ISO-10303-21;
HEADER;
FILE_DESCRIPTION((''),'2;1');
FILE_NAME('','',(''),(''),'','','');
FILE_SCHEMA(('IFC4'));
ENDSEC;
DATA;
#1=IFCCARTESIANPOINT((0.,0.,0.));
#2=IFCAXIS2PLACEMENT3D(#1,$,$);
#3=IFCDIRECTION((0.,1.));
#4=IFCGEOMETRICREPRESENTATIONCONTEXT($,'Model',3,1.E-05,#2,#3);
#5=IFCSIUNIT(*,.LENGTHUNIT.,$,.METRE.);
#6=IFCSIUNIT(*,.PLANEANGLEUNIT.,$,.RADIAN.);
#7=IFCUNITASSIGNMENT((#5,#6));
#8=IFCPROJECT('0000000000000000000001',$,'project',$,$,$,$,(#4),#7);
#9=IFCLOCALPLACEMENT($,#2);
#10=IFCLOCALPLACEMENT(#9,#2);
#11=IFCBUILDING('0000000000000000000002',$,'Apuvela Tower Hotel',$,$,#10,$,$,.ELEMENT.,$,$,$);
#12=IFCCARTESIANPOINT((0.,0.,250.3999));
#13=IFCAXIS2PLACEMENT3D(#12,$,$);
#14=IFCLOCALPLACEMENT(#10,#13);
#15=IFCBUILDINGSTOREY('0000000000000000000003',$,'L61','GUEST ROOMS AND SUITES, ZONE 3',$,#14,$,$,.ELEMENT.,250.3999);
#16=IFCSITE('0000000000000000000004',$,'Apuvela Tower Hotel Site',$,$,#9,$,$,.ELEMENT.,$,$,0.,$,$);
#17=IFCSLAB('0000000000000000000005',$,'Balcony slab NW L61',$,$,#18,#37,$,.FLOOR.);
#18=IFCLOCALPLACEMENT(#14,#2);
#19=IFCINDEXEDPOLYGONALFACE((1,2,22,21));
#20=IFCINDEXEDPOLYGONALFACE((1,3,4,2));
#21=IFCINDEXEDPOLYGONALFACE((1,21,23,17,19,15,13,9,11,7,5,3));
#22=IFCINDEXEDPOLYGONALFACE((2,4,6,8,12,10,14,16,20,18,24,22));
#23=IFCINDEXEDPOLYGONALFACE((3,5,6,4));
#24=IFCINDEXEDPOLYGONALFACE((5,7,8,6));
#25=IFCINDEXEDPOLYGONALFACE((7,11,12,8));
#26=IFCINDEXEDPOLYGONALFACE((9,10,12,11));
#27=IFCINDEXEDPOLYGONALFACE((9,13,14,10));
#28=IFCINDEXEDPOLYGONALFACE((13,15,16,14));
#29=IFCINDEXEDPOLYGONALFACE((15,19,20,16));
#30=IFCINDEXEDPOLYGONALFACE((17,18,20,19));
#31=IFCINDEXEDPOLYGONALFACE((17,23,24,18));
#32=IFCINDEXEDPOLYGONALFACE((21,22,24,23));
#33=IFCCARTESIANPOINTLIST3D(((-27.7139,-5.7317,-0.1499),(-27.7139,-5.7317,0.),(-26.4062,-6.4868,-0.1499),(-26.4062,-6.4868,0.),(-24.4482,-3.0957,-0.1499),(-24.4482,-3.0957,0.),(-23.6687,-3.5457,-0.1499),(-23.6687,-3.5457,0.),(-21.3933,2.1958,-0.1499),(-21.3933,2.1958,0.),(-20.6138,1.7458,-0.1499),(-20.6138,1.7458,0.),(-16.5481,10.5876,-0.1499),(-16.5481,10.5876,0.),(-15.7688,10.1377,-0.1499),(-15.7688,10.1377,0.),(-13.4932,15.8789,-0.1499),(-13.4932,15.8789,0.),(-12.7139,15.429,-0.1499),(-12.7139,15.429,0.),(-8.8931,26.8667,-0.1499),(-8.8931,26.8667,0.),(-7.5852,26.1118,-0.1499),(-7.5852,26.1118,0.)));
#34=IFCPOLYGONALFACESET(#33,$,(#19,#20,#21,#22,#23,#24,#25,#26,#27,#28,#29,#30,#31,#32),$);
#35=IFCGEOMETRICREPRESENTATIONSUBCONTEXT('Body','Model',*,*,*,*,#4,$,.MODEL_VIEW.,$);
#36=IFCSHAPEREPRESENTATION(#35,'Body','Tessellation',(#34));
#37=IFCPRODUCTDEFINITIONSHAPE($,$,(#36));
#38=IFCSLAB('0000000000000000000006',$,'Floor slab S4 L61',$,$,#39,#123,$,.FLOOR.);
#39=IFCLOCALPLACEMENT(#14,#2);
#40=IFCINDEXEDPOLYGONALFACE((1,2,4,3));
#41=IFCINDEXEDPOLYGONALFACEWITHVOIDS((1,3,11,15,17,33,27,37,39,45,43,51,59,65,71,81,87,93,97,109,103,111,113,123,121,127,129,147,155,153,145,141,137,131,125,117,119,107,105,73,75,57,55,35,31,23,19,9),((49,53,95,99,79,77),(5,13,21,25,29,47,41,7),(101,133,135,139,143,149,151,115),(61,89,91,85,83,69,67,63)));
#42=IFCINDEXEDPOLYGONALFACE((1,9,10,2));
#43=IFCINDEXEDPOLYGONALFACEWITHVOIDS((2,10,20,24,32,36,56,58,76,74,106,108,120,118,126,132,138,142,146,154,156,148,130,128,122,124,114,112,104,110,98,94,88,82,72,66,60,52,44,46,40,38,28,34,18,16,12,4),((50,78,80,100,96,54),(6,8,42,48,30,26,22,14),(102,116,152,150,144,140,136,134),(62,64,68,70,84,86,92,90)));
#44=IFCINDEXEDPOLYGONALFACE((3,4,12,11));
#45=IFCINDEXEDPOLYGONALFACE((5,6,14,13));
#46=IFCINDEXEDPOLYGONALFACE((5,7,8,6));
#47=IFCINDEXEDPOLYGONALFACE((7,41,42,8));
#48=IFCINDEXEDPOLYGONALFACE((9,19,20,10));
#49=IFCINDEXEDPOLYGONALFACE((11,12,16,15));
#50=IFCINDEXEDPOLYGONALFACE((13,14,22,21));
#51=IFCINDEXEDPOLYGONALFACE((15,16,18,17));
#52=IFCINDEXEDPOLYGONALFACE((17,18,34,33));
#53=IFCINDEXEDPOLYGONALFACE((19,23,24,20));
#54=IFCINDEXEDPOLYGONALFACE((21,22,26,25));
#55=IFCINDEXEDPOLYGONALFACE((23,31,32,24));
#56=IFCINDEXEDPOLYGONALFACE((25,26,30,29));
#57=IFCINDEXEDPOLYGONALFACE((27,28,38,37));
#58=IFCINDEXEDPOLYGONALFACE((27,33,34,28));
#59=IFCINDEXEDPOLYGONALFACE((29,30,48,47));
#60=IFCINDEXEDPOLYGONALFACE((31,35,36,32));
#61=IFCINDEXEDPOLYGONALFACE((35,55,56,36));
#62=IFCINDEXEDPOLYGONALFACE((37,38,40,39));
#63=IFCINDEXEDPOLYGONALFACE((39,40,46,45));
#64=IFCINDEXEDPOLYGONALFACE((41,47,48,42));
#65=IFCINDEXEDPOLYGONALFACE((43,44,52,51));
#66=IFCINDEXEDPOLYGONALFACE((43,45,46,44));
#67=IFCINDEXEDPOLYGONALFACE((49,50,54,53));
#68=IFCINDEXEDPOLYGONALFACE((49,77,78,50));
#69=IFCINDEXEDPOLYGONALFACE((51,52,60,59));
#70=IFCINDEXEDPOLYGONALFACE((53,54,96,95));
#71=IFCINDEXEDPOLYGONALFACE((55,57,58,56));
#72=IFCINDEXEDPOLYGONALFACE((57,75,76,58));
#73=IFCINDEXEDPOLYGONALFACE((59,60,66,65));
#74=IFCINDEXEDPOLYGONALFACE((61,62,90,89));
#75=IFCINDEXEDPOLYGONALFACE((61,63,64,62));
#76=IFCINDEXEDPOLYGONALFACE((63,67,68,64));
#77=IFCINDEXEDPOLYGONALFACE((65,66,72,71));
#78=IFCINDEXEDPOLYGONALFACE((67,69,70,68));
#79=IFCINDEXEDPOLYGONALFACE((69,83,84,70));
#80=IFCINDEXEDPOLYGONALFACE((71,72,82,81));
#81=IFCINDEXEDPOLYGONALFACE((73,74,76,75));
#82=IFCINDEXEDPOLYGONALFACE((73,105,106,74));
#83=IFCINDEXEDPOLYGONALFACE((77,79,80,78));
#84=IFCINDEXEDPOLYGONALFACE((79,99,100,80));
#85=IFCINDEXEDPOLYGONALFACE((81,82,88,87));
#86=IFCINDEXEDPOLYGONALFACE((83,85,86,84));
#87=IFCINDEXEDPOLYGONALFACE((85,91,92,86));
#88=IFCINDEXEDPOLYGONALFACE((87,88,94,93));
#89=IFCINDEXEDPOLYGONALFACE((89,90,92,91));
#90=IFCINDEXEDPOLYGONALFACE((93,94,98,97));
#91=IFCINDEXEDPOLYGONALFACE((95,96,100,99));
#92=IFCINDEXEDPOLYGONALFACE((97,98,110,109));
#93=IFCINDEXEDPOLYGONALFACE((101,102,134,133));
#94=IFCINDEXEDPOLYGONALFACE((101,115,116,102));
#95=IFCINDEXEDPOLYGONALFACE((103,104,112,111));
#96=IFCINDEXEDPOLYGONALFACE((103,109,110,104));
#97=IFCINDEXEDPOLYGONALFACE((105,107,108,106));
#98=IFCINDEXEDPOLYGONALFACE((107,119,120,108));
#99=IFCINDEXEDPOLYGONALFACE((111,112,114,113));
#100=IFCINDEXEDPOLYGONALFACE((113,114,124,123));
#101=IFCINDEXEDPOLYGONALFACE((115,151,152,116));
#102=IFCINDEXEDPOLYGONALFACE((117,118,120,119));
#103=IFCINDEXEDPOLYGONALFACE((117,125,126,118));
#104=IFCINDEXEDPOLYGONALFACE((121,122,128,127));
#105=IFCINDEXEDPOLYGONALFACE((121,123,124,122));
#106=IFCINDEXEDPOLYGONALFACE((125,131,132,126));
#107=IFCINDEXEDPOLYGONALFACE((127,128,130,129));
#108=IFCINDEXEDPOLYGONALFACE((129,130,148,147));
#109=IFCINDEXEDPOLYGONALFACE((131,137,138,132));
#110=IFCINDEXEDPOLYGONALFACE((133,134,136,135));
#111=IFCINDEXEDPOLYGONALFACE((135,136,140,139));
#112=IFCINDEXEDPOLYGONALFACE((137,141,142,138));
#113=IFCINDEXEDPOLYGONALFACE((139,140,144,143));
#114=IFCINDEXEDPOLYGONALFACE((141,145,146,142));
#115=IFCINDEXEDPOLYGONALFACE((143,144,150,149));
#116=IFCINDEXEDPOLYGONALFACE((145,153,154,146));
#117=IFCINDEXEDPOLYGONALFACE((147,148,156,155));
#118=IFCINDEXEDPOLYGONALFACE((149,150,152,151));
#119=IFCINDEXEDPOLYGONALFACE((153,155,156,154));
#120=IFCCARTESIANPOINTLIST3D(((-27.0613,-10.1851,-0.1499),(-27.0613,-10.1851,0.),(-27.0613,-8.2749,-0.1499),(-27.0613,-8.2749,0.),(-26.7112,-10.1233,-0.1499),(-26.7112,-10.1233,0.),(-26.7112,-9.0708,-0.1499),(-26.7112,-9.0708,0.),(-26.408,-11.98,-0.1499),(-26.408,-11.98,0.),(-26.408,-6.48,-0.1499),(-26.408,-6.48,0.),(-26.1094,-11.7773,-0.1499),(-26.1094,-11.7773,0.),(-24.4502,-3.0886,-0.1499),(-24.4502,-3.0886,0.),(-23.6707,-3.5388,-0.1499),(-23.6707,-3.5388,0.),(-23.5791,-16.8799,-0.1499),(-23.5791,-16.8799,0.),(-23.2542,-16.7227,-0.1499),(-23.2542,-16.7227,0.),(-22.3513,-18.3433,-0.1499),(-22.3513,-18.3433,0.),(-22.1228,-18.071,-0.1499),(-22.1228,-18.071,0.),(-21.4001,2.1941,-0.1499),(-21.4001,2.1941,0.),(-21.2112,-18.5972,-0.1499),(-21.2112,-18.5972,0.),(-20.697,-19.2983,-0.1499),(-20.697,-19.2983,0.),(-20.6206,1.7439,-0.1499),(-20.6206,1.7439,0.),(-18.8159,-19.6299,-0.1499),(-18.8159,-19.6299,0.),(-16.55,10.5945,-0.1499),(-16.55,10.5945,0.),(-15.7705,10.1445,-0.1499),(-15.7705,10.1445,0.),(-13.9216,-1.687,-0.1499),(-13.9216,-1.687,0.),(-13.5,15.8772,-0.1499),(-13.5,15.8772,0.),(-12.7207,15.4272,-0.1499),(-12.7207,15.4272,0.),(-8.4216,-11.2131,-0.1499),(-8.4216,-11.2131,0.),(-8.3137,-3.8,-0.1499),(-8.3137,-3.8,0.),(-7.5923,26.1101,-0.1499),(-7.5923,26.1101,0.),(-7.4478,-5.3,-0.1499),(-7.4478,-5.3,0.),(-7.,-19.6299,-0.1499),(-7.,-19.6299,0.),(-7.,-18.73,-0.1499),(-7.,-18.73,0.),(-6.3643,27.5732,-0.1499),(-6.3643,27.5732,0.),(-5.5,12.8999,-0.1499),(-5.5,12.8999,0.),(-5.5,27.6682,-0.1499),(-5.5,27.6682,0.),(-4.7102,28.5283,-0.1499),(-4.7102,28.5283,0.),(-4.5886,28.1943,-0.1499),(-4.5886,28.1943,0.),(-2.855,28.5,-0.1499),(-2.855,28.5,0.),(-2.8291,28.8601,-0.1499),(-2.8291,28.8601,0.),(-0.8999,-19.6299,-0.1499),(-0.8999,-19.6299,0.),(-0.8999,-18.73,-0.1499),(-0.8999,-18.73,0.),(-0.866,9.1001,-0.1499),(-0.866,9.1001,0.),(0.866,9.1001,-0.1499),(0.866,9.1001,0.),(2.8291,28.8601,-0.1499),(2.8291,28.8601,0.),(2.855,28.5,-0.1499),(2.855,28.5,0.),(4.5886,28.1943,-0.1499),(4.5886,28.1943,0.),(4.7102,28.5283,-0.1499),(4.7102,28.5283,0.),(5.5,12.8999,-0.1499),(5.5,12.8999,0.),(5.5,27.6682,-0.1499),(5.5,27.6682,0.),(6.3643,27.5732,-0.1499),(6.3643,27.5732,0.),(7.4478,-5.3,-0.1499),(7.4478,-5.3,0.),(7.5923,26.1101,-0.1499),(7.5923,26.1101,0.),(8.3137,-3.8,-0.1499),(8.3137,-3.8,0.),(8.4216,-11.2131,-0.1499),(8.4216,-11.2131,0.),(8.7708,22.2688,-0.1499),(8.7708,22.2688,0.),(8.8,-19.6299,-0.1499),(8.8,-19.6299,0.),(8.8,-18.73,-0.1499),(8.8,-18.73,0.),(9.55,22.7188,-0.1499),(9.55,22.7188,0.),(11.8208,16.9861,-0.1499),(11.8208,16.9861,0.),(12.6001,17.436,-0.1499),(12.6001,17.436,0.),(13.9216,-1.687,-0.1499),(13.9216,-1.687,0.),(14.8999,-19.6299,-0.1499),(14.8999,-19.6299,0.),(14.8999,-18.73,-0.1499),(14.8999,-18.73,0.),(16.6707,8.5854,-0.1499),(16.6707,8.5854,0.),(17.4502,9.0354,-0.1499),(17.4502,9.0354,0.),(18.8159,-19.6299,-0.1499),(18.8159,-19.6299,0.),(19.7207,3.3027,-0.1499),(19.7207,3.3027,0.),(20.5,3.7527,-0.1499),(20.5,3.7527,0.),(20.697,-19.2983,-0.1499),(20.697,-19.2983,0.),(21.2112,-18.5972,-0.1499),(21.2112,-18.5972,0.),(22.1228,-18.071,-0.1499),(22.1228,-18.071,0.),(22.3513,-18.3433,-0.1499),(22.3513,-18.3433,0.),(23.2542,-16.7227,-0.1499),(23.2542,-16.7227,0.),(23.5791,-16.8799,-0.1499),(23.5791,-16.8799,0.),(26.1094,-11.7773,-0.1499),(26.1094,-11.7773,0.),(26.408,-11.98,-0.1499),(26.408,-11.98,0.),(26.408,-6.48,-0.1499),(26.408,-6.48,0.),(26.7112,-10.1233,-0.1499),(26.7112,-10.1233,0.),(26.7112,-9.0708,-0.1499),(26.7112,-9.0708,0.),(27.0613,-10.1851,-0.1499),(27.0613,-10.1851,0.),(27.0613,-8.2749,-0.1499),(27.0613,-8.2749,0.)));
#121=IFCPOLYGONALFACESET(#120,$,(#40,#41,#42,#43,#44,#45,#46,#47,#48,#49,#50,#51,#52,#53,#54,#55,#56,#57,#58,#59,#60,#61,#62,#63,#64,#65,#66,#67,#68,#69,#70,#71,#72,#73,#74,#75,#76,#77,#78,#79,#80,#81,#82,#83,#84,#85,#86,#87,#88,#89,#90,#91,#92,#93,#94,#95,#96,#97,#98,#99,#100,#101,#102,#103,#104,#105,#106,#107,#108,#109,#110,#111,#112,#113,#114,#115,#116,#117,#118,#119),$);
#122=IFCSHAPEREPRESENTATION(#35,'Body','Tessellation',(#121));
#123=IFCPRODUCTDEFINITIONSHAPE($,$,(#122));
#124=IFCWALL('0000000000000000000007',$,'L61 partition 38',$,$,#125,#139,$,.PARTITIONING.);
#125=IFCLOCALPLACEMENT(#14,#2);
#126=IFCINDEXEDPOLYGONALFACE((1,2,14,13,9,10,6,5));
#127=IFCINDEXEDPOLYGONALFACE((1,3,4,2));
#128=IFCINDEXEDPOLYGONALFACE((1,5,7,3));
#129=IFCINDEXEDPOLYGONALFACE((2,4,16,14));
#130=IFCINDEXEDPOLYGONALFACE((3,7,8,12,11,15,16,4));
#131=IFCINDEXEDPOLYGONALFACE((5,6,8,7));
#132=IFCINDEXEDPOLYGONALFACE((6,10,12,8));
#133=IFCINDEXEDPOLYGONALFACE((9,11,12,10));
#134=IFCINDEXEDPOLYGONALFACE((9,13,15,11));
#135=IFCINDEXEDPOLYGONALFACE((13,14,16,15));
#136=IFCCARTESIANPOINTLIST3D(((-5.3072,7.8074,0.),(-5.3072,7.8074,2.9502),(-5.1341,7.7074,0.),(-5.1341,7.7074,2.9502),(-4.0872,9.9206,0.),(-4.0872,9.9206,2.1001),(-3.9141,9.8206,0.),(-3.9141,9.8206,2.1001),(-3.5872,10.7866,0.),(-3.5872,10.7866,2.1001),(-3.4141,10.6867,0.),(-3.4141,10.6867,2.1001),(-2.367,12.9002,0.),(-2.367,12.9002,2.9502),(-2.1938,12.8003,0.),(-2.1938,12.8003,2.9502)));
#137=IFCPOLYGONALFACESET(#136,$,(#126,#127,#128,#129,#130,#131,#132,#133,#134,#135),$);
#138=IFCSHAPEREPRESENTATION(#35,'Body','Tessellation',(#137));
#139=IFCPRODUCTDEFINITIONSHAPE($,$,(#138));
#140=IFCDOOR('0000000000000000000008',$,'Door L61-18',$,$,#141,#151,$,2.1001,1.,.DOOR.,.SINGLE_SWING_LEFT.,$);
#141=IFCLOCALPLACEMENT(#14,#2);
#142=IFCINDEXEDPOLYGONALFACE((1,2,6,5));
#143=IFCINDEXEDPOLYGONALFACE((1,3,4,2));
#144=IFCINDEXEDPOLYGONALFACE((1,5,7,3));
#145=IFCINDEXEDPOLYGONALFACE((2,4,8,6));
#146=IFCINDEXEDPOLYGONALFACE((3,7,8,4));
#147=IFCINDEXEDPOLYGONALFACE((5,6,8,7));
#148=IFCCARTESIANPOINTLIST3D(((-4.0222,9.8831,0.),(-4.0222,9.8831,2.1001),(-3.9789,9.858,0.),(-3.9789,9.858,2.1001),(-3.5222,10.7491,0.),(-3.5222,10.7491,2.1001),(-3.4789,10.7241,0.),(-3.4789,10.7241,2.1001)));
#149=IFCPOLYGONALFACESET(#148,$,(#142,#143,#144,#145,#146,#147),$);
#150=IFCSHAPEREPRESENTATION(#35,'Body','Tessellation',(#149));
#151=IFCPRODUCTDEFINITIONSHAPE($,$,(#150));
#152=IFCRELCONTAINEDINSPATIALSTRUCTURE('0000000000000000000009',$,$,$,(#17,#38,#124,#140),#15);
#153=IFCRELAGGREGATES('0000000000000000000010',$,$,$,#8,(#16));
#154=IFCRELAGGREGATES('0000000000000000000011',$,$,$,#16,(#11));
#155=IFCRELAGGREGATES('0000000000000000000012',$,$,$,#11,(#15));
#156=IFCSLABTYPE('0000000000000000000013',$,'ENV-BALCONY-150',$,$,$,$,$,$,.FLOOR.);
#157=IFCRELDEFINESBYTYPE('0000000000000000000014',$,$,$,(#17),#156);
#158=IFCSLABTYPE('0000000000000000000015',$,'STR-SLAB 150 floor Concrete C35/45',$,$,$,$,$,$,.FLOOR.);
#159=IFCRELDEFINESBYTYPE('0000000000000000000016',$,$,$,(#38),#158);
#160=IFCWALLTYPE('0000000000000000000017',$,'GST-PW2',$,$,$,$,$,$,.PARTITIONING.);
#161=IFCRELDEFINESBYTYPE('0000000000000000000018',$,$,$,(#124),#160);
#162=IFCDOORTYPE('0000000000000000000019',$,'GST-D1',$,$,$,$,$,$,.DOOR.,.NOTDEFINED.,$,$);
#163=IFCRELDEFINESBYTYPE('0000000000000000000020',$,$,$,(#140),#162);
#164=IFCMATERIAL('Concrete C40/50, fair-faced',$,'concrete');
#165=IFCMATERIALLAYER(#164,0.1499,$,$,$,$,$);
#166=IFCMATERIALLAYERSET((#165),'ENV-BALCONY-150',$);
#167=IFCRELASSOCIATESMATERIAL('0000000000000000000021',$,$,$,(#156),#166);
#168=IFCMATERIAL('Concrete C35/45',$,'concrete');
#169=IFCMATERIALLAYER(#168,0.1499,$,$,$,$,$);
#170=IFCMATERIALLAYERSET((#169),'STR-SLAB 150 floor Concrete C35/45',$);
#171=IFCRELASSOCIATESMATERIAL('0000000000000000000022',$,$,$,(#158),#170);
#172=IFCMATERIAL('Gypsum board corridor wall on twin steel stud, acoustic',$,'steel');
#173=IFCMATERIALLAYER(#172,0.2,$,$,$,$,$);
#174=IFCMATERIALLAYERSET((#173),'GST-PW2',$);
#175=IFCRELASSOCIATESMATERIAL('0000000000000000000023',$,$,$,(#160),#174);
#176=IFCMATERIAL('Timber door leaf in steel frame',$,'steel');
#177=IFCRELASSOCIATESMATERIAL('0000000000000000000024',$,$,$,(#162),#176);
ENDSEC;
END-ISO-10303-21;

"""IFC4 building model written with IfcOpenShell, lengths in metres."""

from ifc_helpers import new_model, si_unit, direction, frame, frame_2d, origin, place, context, subcontext, project, spatial, polyline, rectangle, outline, extrude, material, layer, layer_set, type_object, element, fill, save


model = new_model("IFC4")

# Units and contexts
model_context = context("Model", 3, precision=1e-05, world=origin(), true_north=direction((0.0, 1.0)))
body_context = subcontext(model_context, "Body", "Model", "MODEL_VIEW")
ifc_project = project(units=[si_unit("LENGTHUNIT", "METRE"), si_unit("PLANEANGLEUNIT", "RADIAN")], contexts=[model_context])

# Site, building, storey
site_placement = place(None, origin())
site = spatial("IfcSite", under=ifc_project, at=site_placement, Name="Apuvela Tower Hotel Site", CompositionType="ELEMENT", RefElevation=0.0)
building_placement = place(site_placement, origin())
building = spatial("IfcBuilding", under=site, at=building_placement, Name="Apuvela Tower Hotel", CompositionType="ELEMENT")
storey_placement = place(building_placement, frame((0.0, 0.0, 250.3999)))
storey = spatial("IfcBuildingStorey", under=building, at=storey_placement, Name="L61", Description="GUEST ROOMS AND SUITES, ZONE 3", CompositionType="ELEMENT", Elevation=250.3999)

# Slabs
ifc_material_1 = material(Name="Concrete C40/50, fair-faced", Category="concrete")
ifc_layer_1 = layer(ifc_material_1, 0.1499)
ifc_layer_set_1 = layer_set([ifc_layer_1], Name="ENV-BALCONY-150")
slab_type_1 = type_object("IfcSlabType", Name="ENV-BALCONY-150", PredefinedType="FLOOR", material=ifc_layer_set_1)
slab_1_placement = place(storey_placement, frame((0.0, 0.0, -0.1499)))
element("IfcSlab", 1, at=slab_1_placement, inside=storey, type_object=slab_type_1, Name="Balcony slab NW L61", PredefinedType="FLOOR", context=body_context, shape_type="SweptSolid", body=[
    extrude(outline(polyline([(-27.7139, -5.7317), (-8.8931, 26.8667), (-7.5852, 26.1118), (-13.4932, 15.8789), (-12.7139, 15.429), (-15.7688, 10.1377), (-16.5481, 10.5876), (-21.3933, 2.1958), (-20.6138, 1.7458), (-23.6687, -3.5457), (-24.4482, -3.0957), (-26.4062, -6.4868), (-27.7139, -5.7317)])), origin(), (0.0, 0.0, 1.0), 0.1499),
])
ifc_material_2 = material(Name="Concrete C35/45", Category="concrete")
ifc_layer_2 = layer(ifc_material_2, 0.1499)
ifc_layer_set_2 = layer_set([ifc_layer_2], Name="STR-SLAB 150 floor Concrete C35/45")
slab_type_2 = type_object("IfcSlabType", Name="STR-SLAB 150 floor Concrete C35/45", PredefinedType="FLOOR", material=ifc_layer_set_2)
slab_2_placement = place(storey_placement, frame((0.0, 0.0, -0.1499)))
element("IfcSlab", 2, at=slab_2_placement, inside=storey, type_object=slab_type_2, Name="Floor slab S4 L61", PredefinedType="FLOOR", context=body_context, shape_type="SweptSolid", body=[
    extrude(outline(polyline([(-6.3643, 27.5732), (-4.7102, 28.5283), (-2.8291, 28.8601), (2.8291, 28.8601), (4.7102, 28.5283), (6.3643, 27.5732), (7.5923, 26.1101), (9.55, 22.7188), (8.7708, 22.2688), (11.8208, 16.9861), (12.6001, 17.436), (17.4502, 9.0354), (16.6707, 8.5854), (19.7207, 3.3027), (20.5, 3.7527), (26.408, -6.48), (27.0613, -8.2749), (27.0613, -10.1851), (26.408, -11.98), (23.5791, -16.8799), (22.3513, -18.3433), (20.697, -19.2983), (18.8159, -19.6299), (14.8999, -19.6299), (14.8999, -18.73), (8.8, -18.73), (8.8, -19.6299), (-0.8999, -19.6299), (-0.8999, -18.73), (-7.0, -18.73), (-7.0, -19.6299), (-18.8159, -19.6299), (-20.697, -19.2983), (-22.3513, -18.3433), (-23.5791, -16.8799), (-26.408, -11.98), (-27.0613, -10.1851), (-27.0613, -8.2749), (-26.408, -6.48), (-24.4502, -3.0886), (-23.6707, -3.5388), (-20.6206, 1.7439), (-21.4001, 2.1941), (-16.55, 10.5945), (-15.7705, 10.1445), (-12.7207, 15.4272), (-13.5, 15.8772), (-7.5923, 26.1101), (-6.3643, 27.5732)]), holes=[polyline([(0.866, 9.1001), (-0.866, 9.1001), (-8.3137, -3.8), (-7.4478, -5.3), (7.4478, -5.3), (8.3137, -3.8), (0.866, 9.1001)]), polyline([(-5.5, 12.8999), (-5.5, 27.6682), (-4.5886, 28.1943), (-2.855, 28.5), (2.855, 28.5), (4.5886, 28.1943), (5.5, 27.6682), (5.5, 12.8999), (-5.5, 12.8999)]), polyline([(-8.4216, -11.2131), (-21.2112, -18.5972), (-22.1228, -18.071), (-23.2542, -16.7227), (-26.1094, -11.7773), (-26.7112, -10.1233), (-26.7112, -9.0708), (-13.9216, -1.687), (-8.4216, -11.2131)]), polyline([(13.9216, -1.687), (26.7112, -9.0708), (26.7112, -10.1233), (26.1094, -11.7773), (23.2542, -16.7227), (22.1228, -18.071), (21.2112, -18.5972), (8.4216, -11.2131), (13.9216, -1.687)])]), origin(), (0.0, 0.0, 1.0), 0.1499),
])

# Wall, opening, door
ifc_material_3 = material(Name="Gypsum board corridor wall on twin steel stud, acoustic", Category="steel")
ifc_layer_3 = layer(ifc_material_3, 0.2)
ifc_layer_set_3 = layer_set([ifc_layer_3], Name="GST-PW2")
wall_type_1 = type_object("IfcWallType", Name="GST-PW2", PredefinedType="PARTITIONING", material=ifc_layer_set_3)
wall_1_placement = place(storey_placement, frame((-5.2207, 7.7573, 0.0), z_axis=(0.0, 0.0, 1.0), x_axis=(0.499984, 0.866035, 0.0)))
wall_1 = element("IfcWall", 3, at=wall_1_placement, inside=storey, type_object=wall_type_1, Name="L61 partition 38", PredefinedType="PARTITIONING", context=body_context, shape_type="SweptSolid", body=[
    extrude(rectangle(XDim=5.8806, YDim=0.2, at=frame_2d((2.9404, 0.0))), origin(), (0.0, 0.0, 1.0), 2.9502),
])
opening_1_placement = place(wall_1_placement, frame((2.4402, 0.0, 0.0)))
opening_1 = element("IfcOpeningElement", 4, at=opening_1_placement, cuts=wall_1, PredefinedType="OPENING", context=body_context, shape_type="SweptSolid", body=[
    extrude(rectangle(XDim=1.0, YDim=2.1001, at=frame_2d((0.5, 1.05))), frame((0.0, 0.1099, 0.0), z_axis=(0.0, -1.0, 0.0), x_axis=(1.0, 0.0, 0.0)), (0.0, 0.0, 1.0), 0.22),
])
ifc_material_4 = material(Name="Timber door leaf in steel frame", Category="steel")
door_type_1 = type_object("IfcDoorType", Name="GST-D1", OperationType="NOTDEFINED", PredefinedType="DOOR", material=ifc_material_4)
door_1_placement = place(opening_1_placement, origin())
door_1 = element("IfcDoor", 5, at=door_1_placement, inside=storey, type_object=door_type_1, Name="Door L61-18", OperationType="SINGLE_SWING_LEFT", OverallHeight=2.1001, OverallWidth=1.0, PredefinedType="DOOR", context=body_context, shape_type="SweptSolid", body=[
    extrude(rectangle(XDim=1.0, YDim=2.1001, at=frame_2d((0.5, 1.05))), frame((0.0, 0.0249, 0.0), z_axis=(0.0, -1.0, 0.0), x_axis=(1.0, 0.0, 0.0)), (0.0, 0.0, 1.0), 0.05),
])
fill(opening_1, door_1)

save(model, "model.ifc")
